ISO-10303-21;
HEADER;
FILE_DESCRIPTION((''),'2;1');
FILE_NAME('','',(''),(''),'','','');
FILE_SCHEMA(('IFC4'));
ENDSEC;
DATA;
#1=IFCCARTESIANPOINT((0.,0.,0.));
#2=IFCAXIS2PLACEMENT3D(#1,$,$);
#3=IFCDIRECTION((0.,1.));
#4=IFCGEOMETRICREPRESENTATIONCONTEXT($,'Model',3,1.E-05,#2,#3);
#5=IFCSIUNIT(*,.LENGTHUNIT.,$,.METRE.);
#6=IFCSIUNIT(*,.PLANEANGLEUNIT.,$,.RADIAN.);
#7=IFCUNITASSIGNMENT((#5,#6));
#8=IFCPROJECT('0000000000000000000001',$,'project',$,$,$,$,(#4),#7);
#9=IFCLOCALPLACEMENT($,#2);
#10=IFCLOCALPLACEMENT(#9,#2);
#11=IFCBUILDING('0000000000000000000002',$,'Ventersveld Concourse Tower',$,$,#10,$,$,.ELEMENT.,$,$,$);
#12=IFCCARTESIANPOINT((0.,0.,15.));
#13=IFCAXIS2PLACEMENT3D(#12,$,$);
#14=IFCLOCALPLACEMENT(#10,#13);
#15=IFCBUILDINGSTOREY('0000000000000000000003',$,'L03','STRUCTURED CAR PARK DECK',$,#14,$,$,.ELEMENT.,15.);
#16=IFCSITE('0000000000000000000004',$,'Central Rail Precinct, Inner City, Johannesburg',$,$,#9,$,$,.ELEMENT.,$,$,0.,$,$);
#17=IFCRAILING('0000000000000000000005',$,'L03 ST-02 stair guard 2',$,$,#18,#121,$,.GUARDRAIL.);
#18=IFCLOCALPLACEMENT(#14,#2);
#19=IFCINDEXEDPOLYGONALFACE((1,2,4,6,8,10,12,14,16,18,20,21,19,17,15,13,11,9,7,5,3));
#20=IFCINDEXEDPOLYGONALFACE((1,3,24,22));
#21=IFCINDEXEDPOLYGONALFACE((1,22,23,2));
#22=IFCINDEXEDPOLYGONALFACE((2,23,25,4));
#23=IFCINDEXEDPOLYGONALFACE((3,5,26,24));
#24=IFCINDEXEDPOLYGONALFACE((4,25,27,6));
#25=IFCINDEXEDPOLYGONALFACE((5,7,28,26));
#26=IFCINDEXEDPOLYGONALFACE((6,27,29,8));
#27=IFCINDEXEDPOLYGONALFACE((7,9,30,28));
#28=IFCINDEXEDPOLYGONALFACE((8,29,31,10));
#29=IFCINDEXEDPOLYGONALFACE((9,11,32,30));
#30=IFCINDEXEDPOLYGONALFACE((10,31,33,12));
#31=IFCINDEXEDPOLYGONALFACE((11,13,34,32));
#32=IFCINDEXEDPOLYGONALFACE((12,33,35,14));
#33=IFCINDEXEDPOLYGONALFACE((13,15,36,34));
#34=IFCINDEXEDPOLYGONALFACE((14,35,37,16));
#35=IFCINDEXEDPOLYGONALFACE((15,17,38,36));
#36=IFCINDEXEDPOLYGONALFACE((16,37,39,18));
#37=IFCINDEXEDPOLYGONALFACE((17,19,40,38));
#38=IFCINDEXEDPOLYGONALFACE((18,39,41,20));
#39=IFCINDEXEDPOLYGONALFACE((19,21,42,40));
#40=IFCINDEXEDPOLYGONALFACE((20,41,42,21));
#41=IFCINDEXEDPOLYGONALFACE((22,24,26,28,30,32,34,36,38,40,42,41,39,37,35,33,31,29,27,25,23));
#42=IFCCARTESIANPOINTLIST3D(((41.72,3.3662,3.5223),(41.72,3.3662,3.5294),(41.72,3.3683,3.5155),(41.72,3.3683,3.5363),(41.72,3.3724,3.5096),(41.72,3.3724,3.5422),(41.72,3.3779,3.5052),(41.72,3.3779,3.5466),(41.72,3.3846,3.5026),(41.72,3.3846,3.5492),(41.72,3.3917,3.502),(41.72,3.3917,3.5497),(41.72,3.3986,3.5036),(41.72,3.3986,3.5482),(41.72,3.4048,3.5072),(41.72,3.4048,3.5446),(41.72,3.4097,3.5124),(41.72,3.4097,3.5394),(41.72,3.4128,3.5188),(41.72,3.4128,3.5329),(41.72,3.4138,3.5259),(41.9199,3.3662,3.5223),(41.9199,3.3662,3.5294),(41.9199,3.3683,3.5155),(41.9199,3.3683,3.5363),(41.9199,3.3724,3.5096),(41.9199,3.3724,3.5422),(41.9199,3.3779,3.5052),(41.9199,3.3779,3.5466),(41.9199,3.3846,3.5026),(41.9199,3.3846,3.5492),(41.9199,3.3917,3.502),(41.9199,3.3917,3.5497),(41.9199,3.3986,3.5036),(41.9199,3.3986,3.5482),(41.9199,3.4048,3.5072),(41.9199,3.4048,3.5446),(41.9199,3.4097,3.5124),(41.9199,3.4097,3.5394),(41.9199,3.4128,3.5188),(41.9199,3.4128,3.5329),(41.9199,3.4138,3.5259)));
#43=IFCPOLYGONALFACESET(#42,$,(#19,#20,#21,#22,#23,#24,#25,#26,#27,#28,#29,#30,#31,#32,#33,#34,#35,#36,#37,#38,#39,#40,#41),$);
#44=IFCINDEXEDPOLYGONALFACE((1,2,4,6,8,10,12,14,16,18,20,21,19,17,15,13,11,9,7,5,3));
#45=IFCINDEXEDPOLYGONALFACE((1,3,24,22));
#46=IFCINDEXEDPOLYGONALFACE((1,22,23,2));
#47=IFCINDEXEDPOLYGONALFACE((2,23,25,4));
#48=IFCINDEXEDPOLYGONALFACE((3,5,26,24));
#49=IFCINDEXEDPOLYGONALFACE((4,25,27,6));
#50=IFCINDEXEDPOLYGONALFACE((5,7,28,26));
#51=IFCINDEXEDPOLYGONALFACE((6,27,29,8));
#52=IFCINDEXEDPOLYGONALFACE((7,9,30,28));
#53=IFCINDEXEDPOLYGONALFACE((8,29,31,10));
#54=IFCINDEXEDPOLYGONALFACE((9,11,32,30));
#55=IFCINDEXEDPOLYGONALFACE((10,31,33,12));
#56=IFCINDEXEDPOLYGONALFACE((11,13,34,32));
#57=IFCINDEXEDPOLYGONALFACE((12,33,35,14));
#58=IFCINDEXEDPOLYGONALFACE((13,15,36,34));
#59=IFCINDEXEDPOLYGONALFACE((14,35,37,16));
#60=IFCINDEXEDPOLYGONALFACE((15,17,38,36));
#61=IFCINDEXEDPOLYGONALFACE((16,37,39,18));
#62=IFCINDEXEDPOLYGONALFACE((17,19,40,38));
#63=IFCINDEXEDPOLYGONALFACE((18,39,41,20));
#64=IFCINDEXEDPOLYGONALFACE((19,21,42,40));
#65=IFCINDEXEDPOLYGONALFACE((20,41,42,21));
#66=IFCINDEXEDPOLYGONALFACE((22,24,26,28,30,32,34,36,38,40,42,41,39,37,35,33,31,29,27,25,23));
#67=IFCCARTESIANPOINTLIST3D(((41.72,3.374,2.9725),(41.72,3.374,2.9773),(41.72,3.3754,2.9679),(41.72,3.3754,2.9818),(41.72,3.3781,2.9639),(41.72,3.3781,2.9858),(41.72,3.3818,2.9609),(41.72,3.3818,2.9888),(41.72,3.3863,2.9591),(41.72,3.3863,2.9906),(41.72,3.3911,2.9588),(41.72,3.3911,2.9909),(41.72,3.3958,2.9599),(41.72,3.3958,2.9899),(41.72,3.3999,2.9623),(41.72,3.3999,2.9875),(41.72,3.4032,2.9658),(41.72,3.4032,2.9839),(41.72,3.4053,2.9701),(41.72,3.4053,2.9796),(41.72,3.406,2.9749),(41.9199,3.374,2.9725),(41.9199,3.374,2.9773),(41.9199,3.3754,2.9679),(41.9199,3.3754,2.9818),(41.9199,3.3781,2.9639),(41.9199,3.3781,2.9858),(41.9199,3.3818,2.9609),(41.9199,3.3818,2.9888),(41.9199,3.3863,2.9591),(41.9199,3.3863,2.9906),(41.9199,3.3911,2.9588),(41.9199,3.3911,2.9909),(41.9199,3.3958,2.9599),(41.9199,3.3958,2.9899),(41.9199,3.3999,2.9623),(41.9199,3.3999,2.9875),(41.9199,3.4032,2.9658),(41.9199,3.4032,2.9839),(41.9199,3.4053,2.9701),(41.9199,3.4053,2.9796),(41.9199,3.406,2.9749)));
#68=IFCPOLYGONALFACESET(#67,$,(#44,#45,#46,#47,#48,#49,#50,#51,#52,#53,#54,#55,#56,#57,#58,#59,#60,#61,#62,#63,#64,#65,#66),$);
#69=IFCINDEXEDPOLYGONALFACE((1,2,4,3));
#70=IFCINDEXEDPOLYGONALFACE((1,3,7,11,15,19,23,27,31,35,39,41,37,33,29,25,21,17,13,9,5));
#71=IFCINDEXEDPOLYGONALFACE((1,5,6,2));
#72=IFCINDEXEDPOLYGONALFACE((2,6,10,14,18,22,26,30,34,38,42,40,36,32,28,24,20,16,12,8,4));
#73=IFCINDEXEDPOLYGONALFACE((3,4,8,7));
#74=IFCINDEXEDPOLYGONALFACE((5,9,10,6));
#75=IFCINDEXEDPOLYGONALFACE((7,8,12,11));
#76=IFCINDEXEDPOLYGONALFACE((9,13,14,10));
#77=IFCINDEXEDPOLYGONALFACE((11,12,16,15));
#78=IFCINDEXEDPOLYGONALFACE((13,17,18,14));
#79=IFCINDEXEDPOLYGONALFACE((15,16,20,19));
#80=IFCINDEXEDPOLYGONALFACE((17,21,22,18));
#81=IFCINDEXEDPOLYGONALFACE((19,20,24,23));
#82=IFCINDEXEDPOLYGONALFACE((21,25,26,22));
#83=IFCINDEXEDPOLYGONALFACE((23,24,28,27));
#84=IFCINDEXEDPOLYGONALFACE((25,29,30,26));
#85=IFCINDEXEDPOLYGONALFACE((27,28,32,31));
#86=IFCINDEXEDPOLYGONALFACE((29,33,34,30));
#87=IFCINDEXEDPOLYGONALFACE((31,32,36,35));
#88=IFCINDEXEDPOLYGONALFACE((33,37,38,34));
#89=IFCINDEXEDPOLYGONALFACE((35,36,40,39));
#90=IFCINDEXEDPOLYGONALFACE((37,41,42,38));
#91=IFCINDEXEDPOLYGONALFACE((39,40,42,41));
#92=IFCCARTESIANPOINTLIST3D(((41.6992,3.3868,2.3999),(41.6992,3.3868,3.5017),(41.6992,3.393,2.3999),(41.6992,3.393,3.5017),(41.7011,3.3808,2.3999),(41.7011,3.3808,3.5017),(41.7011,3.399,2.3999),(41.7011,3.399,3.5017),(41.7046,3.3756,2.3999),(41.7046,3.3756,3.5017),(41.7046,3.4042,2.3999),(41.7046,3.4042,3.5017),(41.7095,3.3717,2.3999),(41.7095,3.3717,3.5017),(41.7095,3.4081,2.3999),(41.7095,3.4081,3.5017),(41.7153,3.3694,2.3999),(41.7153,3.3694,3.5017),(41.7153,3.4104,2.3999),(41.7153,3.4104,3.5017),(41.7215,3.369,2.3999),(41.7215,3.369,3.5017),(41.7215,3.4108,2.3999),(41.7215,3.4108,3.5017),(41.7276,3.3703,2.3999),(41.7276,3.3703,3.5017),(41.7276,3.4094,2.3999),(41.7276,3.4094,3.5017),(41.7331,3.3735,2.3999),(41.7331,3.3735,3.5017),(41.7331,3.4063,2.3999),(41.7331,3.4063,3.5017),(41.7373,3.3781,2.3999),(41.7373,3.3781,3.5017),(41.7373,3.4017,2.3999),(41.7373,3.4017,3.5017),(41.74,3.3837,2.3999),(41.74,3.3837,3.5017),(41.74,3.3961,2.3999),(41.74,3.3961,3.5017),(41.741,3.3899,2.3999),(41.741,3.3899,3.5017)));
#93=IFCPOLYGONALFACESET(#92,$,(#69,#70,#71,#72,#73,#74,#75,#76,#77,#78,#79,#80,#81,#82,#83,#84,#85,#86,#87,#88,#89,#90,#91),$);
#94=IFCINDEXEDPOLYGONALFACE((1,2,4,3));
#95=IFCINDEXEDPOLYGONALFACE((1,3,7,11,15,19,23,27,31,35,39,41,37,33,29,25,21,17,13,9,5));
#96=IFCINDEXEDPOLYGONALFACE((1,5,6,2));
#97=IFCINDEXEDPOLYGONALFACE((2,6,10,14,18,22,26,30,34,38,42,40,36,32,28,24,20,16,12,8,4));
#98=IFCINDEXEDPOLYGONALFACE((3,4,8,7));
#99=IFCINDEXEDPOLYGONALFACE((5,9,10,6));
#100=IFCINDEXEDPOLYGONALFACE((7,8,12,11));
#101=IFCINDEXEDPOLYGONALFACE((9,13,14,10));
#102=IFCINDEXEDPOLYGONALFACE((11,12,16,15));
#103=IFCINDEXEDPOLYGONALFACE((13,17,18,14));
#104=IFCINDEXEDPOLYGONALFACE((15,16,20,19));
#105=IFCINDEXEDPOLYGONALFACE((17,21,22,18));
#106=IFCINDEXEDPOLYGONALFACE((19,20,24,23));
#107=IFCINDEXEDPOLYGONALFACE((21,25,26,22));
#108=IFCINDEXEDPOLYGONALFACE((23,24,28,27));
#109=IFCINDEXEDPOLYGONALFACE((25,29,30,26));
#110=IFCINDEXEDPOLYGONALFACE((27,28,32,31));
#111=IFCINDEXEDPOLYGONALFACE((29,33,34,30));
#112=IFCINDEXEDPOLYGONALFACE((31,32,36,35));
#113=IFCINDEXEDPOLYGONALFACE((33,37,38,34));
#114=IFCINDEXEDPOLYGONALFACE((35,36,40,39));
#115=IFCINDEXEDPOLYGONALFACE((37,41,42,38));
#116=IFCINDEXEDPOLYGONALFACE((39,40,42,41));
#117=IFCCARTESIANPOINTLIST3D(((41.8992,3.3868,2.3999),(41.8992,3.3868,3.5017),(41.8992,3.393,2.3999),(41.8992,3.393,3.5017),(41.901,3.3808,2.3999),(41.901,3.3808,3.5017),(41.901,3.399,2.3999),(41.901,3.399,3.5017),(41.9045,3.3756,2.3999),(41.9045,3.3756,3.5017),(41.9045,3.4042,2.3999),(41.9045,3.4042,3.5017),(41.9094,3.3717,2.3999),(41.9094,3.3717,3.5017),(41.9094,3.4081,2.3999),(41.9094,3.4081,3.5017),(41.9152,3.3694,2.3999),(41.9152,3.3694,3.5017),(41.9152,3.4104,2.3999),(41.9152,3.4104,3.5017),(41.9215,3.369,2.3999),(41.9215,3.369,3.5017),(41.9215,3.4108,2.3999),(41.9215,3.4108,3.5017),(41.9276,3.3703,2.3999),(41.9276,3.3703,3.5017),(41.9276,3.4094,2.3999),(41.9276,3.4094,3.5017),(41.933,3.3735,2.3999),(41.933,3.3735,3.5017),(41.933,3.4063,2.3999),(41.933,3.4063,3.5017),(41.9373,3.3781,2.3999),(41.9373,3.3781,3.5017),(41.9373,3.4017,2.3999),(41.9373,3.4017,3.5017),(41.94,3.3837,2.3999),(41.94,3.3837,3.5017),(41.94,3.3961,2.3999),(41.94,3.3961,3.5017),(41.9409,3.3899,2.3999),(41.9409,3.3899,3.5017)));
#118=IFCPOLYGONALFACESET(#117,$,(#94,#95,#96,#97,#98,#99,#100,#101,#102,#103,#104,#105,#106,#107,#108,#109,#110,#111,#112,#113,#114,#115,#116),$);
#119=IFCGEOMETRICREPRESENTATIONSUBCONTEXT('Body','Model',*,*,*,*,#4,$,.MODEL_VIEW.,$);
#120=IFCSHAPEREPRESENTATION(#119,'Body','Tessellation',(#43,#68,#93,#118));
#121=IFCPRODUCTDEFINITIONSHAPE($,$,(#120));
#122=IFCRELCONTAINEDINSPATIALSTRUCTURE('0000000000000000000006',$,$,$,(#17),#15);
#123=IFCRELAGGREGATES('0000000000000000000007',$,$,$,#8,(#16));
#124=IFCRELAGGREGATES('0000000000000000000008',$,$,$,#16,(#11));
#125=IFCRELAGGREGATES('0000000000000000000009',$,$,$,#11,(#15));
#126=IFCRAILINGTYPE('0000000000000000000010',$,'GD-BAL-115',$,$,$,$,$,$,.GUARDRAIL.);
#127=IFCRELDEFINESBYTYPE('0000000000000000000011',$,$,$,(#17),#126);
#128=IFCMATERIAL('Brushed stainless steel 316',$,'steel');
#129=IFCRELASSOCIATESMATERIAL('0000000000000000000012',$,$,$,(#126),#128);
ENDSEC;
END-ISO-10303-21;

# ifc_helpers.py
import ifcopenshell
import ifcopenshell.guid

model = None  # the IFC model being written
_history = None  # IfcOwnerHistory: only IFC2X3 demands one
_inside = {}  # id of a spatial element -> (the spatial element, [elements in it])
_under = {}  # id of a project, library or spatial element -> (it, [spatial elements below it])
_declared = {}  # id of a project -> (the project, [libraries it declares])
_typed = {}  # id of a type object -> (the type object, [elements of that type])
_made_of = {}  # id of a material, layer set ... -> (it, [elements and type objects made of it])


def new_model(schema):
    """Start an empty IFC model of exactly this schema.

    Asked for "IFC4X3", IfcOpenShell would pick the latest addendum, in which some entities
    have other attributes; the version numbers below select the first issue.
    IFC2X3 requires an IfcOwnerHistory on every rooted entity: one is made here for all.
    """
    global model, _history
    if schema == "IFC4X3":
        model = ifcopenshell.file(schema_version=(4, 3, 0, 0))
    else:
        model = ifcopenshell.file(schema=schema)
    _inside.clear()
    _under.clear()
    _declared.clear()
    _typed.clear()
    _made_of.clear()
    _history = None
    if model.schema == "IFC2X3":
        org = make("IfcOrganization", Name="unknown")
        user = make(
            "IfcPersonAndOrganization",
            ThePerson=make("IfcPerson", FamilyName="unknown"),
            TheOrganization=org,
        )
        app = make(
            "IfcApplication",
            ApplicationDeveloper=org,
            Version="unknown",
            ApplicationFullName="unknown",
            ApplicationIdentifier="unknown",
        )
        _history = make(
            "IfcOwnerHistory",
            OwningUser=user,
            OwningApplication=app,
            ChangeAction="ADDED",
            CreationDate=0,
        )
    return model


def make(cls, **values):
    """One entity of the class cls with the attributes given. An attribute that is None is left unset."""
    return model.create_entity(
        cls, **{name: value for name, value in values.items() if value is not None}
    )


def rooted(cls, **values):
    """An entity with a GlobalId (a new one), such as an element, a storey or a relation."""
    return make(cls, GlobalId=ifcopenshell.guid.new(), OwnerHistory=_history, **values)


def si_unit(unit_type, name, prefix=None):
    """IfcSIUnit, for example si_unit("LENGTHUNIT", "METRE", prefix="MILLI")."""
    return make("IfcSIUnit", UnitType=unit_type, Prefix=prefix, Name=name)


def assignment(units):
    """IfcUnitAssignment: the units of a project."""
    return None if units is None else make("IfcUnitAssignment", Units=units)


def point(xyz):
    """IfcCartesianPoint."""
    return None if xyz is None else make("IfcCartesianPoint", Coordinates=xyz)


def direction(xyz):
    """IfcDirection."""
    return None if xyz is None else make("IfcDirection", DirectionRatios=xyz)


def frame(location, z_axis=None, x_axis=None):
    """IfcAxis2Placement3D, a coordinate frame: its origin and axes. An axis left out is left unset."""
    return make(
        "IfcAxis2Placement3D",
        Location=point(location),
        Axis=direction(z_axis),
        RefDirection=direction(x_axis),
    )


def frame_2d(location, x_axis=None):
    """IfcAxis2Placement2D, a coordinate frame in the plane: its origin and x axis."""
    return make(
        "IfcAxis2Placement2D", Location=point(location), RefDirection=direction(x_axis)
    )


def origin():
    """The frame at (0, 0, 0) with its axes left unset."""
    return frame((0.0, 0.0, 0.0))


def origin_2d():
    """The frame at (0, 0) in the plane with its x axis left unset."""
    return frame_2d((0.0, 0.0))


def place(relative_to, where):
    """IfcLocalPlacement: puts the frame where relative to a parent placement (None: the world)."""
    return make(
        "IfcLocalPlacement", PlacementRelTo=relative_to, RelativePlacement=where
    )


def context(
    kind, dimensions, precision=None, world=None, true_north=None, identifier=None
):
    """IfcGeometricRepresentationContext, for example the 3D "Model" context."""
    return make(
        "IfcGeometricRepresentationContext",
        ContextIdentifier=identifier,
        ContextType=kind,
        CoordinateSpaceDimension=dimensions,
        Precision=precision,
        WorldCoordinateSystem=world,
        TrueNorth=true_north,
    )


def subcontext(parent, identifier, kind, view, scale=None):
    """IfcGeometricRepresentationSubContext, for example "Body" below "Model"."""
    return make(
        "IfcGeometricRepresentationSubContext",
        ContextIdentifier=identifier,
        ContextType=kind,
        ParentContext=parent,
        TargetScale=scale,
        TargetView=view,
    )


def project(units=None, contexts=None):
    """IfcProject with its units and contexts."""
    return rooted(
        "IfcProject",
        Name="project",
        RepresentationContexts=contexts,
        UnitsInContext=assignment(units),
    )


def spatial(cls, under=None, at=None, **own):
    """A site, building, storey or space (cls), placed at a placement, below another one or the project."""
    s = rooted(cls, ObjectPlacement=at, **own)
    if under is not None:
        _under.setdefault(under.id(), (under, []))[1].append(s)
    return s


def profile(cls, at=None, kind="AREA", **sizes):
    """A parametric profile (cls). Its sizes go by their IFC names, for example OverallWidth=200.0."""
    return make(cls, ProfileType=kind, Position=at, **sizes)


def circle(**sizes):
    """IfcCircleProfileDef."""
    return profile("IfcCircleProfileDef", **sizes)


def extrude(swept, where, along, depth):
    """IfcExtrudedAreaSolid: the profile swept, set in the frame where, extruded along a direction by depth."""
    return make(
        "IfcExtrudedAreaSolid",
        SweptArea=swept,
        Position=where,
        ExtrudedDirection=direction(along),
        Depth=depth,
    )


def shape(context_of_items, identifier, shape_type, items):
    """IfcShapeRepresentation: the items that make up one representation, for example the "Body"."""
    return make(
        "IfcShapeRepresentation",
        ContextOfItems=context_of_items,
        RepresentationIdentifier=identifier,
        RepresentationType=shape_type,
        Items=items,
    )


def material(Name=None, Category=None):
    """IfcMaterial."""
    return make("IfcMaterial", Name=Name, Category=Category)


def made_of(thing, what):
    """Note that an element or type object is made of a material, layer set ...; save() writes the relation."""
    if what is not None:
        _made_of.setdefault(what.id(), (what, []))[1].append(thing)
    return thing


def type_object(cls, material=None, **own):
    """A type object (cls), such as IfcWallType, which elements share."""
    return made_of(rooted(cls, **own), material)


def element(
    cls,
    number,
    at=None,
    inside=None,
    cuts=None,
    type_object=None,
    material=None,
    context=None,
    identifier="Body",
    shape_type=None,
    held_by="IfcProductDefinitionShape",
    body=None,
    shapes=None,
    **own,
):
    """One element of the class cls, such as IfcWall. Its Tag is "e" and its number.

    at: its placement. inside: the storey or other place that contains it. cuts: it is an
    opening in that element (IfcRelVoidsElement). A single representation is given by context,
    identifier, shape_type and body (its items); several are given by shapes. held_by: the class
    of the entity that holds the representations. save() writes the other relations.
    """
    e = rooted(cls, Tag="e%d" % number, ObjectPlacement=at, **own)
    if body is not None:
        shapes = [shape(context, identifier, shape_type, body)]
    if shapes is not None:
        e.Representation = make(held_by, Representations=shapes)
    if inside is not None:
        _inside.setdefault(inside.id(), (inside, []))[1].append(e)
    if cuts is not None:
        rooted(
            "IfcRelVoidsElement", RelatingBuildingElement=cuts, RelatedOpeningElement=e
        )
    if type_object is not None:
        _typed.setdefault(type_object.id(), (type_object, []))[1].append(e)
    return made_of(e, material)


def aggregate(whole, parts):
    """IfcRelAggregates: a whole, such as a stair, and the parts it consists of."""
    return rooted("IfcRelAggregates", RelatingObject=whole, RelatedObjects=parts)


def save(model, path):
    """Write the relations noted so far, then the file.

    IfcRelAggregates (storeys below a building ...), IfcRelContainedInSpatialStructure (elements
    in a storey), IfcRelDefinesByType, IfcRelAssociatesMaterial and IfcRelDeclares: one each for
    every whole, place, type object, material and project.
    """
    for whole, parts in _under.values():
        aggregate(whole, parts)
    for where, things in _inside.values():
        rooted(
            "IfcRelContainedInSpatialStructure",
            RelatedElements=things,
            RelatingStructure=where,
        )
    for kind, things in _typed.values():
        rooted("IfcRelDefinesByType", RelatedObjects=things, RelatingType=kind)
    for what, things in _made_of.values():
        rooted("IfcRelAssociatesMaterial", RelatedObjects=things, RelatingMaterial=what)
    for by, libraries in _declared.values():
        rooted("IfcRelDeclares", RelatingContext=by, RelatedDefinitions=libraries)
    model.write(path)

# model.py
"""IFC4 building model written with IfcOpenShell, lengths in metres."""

from ifc_helpers import new_model, si_unit, direction, frame, origin, origin_2d, place, context, subcontext, project, spatial, circle, extrude, material, type_object, element, save


model = new_model("IFC4")

# Units and contexts
model_context = context("Model", 3, precision=1e-05, world=origin(), true_north=direction((0.0, 1.0)))
body_context = subcontext(model_context, "Body", "Model", "MODEL_VIEW")
ifc_project = project(units=[si_unit("LENGTHUNIT", "METRE"), si_unit("PLANEANGLEUNIT", "RADIAN")], contexts=[model_context])

# Site, building, storey
site_placement = place(None, origin())
site = spatial("IfcSite", under=ifc_project, at=site_placement, Name="Central Rail Precinct, Inner City, Johannesburg", CompositionType="ELEMENT", RefElevation=0.0)
building_placement = place(site_placement, origin())
building = spatial("IfcBuilding", under=site, at=building_placement, Name="Ventersveld Concourse Tower", CompositionType="ELEMENT")
storey_placement = place(building_placement, frame((0.0, 0.0, 15.0)))
storey = spatial("IfcBuildingStorey", under=building, at=storey_placement, Name="L03", Description="STRUCTURED CAR PARK DECK", CompositionType="ELEMENT", Elevation=15.0)

# Railing
ifc_material_1 = material(Name="Brushed stainless steel 316", Category="steel")
railing_type_1 = type_object("IfcRailingType", Name="GD-BAL-115", PredefinedType="GUARDRAIL", material=ifc_material_1)
railing_1_placement = place(storey_placement, frame((41.72, 3.3899, 2.3999)))
element("IfcRailing", 1, at=railing_1_placement, inside=storey, type_object=railing_type_1, Name="L03 ST-02 stair guard 2", PredefinedType="GUARDRAIL", context=body_context, shape_type="SweptSolid", body=[
    extrude(circle(Radius=0.0239, at=origin_2d()), frame((0.0, 0.0, 1.126), z_axis=(1.0, 0.0, 0.0), x_axis=(0.0, 1.0, 0.0)), (0.0, 0.0, 1.0), 0.2),
    extrude(circle(Radius=0.0161, at=origin_2d()), frame((0.0, 0.0, 0.575), z_axis=(1.0, 0.0, 0.0), x_axis=(0.0, 1.0, 0.0)), (0.0, 0.0, 1.0), 0.2),
    extrude(circle(Radius=0.021, at=origin_2d()), origin(), (0.0, 0.0, 1.0), 1.1018),
    extrude(circle(Radius=0.021, at=origin_2d()), frame((0.2, 0.0, 0.0)), (0.0, 0.0, 1.0), 1.1018),
])

save(model, "model.ifc")
